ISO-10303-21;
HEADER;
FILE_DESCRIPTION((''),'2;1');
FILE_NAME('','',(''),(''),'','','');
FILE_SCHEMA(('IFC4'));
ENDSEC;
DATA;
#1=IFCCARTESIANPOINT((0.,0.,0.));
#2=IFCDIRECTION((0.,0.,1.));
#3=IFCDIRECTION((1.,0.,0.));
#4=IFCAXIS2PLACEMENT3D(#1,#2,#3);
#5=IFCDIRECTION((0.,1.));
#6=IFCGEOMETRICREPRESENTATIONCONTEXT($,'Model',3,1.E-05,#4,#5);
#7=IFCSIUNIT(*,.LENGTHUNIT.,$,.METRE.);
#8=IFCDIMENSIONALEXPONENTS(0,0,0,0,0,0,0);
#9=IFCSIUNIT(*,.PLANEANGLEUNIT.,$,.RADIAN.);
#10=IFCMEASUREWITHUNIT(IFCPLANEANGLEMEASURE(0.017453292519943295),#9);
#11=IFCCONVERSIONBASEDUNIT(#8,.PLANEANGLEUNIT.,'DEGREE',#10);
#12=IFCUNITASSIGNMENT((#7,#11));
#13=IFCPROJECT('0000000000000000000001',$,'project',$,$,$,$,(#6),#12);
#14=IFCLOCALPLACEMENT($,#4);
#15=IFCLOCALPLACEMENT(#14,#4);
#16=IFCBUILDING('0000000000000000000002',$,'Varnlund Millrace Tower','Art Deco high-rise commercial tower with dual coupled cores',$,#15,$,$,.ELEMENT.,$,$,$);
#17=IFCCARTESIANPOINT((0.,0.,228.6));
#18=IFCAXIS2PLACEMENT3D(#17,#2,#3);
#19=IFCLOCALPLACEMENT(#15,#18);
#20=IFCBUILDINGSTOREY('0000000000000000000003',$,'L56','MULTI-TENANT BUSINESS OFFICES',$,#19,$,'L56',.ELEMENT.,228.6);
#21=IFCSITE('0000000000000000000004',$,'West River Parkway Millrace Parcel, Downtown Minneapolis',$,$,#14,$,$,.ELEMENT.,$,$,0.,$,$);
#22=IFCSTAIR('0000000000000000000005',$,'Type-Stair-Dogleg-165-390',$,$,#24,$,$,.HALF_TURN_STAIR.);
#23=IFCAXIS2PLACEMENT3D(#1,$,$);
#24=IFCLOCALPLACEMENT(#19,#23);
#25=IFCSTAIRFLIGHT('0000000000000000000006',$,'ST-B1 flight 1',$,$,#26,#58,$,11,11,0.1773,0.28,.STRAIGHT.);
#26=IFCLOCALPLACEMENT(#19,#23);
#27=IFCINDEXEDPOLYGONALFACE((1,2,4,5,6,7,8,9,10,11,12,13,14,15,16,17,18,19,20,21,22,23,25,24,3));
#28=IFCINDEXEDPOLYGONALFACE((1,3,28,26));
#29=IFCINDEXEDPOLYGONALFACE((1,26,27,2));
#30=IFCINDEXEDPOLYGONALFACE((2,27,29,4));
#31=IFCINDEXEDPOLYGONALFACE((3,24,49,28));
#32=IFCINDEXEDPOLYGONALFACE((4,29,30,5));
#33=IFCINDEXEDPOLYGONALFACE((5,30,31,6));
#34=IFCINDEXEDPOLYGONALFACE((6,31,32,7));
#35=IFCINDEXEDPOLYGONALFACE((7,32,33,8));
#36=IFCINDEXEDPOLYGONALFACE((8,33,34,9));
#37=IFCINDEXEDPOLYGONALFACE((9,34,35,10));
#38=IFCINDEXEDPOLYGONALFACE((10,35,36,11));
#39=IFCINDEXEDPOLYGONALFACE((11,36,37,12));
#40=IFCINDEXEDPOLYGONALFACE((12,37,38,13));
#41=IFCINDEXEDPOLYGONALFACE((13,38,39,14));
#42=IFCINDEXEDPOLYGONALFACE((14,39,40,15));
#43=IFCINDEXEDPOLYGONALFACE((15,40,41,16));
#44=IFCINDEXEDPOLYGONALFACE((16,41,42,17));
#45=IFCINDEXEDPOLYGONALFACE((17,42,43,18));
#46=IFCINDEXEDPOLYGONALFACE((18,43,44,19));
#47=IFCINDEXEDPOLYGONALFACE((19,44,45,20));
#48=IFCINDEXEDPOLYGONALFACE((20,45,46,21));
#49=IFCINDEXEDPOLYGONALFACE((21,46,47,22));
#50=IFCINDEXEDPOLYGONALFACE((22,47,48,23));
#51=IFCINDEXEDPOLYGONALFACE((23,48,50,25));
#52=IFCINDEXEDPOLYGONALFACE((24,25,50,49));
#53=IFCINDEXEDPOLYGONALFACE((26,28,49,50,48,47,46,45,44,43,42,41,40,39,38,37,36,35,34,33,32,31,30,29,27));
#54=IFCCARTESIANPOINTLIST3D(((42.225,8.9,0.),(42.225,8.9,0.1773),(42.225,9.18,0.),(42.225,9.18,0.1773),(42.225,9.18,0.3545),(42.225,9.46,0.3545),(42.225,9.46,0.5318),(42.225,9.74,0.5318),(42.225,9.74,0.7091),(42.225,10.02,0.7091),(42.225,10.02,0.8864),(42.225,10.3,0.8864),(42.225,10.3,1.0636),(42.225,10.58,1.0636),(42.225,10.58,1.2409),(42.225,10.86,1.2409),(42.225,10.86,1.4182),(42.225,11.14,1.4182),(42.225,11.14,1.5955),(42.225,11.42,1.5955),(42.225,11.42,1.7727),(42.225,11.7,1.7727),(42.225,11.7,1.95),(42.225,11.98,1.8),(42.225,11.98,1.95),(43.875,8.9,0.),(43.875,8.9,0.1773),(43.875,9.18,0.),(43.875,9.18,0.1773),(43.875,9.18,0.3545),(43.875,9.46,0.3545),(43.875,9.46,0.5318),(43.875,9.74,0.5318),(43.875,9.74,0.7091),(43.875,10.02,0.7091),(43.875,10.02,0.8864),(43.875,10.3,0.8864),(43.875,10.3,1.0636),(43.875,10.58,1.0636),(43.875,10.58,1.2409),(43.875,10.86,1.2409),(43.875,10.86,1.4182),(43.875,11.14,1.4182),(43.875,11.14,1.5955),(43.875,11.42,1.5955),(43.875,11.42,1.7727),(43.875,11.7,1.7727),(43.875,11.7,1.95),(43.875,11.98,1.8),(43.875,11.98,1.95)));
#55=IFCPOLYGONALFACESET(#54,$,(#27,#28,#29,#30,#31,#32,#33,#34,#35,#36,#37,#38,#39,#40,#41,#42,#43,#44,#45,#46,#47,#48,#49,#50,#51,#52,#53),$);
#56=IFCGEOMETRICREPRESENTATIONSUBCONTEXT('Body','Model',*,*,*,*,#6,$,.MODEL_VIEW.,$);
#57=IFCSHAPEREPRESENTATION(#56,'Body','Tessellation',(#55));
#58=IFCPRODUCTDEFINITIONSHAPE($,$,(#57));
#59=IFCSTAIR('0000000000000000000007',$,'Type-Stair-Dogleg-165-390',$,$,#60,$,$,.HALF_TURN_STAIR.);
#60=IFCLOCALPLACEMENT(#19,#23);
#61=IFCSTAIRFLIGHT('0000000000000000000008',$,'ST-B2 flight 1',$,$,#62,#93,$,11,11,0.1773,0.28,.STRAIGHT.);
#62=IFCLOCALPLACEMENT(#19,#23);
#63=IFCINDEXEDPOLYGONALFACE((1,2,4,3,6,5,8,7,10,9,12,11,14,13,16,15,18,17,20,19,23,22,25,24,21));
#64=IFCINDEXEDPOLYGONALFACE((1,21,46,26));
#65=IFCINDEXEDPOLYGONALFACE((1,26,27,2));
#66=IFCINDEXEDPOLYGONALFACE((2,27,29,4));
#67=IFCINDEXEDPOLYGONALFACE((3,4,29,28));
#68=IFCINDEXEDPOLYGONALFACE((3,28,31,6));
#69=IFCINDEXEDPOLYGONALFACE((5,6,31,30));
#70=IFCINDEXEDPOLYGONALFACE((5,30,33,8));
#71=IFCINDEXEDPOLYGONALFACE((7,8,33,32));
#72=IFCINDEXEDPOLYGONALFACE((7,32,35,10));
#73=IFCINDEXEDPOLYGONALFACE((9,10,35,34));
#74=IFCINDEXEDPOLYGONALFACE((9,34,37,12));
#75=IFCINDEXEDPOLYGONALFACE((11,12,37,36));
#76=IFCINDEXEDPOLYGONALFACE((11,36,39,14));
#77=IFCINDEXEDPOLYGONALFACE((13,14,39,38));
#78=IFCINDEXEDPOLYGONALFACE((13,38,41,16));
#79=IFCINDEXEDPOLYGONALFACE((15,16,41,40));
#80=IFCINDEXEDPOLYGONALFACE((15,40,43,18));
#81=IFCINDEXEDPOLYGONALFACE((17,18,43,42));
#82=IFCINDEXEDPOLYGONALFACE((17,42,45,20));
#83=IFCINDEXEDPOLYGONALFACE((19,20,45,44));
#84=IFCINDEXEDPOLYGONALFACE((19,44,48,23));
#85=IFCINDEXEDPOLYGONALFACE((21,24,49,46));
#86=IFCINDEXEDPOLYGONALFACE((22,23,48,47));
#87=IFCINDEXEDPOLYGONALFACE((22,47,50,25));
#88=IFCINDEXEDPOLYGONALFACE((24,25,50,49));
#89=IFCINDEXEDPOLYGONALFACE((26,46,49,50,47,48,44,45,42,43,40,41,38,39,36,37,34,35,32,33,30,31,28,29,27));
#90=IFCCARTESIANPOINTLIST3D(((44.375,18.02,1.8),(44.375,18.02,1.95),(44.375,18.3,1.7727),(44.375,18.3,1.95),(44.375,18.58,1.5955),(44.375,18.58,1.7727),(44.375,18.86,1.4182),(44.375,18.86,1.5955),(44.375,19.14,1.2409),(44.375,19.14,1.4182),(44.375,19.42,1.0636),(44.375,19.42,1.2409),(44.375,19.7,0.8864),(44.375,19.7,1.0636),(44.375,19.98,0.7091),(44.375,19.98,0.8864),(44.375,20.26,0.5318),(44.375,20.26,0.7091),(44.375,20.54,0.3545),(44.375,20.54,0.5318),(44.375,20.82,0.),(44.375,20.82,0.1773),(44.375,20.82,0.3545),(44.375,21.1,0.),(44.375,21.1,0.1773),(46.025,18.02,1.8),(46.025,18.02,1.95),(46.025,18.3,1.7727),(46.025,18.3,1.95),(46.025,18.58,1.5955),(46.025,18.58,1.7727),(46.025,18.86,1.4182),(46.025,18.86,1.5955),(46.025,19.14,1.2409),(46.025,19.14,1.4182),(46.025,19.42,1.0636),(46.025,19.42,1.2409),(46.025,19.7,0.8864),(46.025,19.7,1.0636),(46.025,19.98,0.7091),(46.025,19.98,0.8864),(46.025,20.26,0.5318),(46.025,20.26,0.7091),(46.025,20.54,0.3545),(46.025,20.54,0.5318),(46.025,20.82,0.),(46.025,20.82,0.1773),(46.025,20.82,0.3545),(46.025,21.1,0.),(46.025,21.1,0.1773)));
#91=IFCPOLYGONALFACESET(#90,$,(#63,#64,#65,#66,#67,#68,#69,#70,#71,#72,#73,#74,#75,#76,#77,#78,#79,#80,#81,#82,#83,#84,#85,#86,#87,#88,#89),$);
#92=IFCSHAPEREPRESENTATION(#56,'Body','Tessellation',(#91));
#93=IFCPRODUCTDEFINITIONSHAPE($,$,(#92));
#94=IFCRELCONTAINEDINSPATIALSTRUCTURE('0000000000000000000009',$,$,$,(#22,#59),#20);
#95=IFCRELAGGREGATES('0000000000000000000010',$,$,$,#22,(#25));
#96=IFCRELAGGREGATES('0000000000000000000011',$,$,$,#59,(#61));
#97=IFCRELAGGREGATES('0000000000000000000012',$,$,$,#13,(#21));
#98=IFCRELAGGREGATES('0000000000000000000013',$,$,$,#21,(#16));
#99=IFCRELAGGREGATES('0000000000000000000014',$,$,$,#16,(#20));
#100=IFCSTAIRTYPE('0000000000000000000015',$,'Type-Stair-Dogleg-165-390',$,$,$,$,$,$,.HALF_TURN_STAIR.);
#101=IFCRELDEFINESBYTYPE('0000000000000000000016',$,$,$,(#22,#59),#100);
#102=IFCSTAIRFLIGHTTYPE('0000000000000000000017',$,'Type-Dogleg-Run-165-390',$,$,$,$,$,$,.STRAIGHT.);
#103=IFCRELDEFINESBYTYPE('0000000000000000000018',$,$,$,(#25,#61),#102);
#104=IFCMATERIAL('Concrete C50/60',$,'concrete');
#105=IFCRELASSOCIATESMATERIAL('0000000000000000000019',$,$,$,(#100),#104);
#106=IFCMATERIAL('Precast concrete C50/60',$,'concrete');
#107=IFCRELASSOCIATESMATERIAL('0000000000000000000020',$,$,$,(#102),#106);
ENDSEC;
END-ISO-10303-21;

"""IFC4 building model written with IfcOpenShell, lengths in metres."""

from ifc_helpers import new_model, entity, si_unit, converted_unit, direction, frame, origin_with_axes, place, context, subcontext, project, spatial, polyline, outline, extrude, material, type_object, element, aggregate, save


model = new_model("IFC4")

# Units and contexts
model_context = context("Model", 3, precision=1e-05, world=origin_with_axes(), true_north=direction((0.0, 1.0)))
body_context = subcontext(model_context, "Body", "Model", "MODEL_VIEW")
ifc_project = project(units=[si_unit("LENGTHUNIT", "METRE"), converted_unit("PLANEANGLEUNIT", "DEGREE", entity("IfcPlaneAngleMeasure", 0.017453292519943295), si_unit("PLANEANGLEUNIT", "RADIAN"), dimensions=[0, 0, 0, 0, 0, 0, 0])], contexts=[model_context])

# Site, building, storey
site_placement = place(None, origin_with_axes())
site = spatial("IfcSite", under=ifc_project, at=site_placement, Name="West River Parkway Millrace Parcel, Downtown Minneapolis", CompositionType="ELEMENT", RefElevation=0.0)
building_placement = place(site_placement, origin_with_axes())
building = spatial("IfcBuilding", under=site, at=building_placement, Name="Varnlund Millrace Tower", Description="Art Deco high-rise commercial tower with dual coupled cores", CompositionType="ELEMENT")
storey_placement = place(building_placement, frame((0.0, 0.0, 228.6), z_axis=(0.0, 0.0, 1.0), x_axis=(1.0, 0.0, 0.0)))
storey = spatial("IfcBuildingStorey", under=building, at=storey_placement, Name="L56", Description="MULTI-TENANT BUSINESS OFFICES", LongName="L56", CompositionType="ELEMENT", Elevation=228.6)

# Stairs, stair flights
ifc_material_1 = material(Name="Concrete C50/60", Category="concrete")
stair_type = type_object("IfcStairType", Name="Type-Stair-Dogleg-165-390", PredefinedType="HALF_TURN_STAIR", material=ifc_material_1)
stair_1_placement = place(storey_placement, origin_with_axes())
stair_1 = element("IfcStair", 1, at=stair_1_placement, inside=storey, type_object=stair_type, Name="Type-Stair-Dogleg-165-390", PredefinedType="HALF_TURN_STAIR")
ifc_material_2 = material(Name="Precast concrete C50/60", Category="concrete")
stair_flight_type = type_object("IfcStairFlightType", Name="Type-Dogleg-Run-165-390", PredefinedType="STRAIGHT", material=ifc_material_2)
stair_flight_1_placement = place(storey_placement, frame((42.225, 8.9, 0.0), z_axis=(1.0, 0.0, 0.0), x_axis=(0.0, 1.0, 0.0)))
stair_flight_1 = element("IfcStairFlight", 2, at=stair_flight_1_placement, type_object=stair_flight_type, Name="ST-B1 flight 1", NumberOfRisers=11, NumberOfTreads=11, PredefinedType="STRAIGHT", RiserHeight=0.1773, TreadLength=0.28, context=body_context, shape_type="SweptSolid", body=[
    extrude(outline(polyline([(0.0, 0.0), (0.0, 0.1773), (0.28, 0.1773), (0.28, 0.3545), (0.56, 0.3545), (0.56, 0.5318), (0.84, 0.5318), (0.84, 0.7091), (1.12, 0.7091), (1.12, 0.8864), (1.4, 0.8864), (1.4, 1.0636), (1.68, 1.0636), (1.68, 1.2409), (1.96, 1.2409), (1.96, 1.4182), (2.24, 1.4182), (2.24, 1.5955), (2.52, 1.5955), (2.52, 1.7727), (2.8, 1.7727), (2.8, 1.95), (3.08, 1.95), (3.08, 1.8), (0.28, 0.0), (0.0, 0.0)])), origin_with_axes(), (0.0, 0.0, 1.0), 1.65),
])
aggregate(stair_1, [stair_flight_1])
stair_2_placement = place(storey_placement, origin_with_axes())
stair_2 = element("IfcStair", 3, at=stair_2_placement, inside=storey, type_object=stair_type, Name="Type-Stair-Dogleg-165-390", PredefinedType="HALF_TURN_STAIR")
stair_flight_2_placement = place(storey_placement, frame((46.025, 21.1, 0.0), z_axis=(-1.0, 0.0, 0.0), x_axis=(0.0, -1.0, 0.0)))
stair_flight_2 = element("IfcStairFlight", 4, at=stair_flight_2_placement, type_object=stair_flight_type, Name="ST-B2 flight 1", NumberOfRisers=11, NumberOfTreads=11, PredefinedType="STRAIGHT", RiserHeight=0.1773, TreadLength=0.28, context=body_context, shape_type="SweptSolid", body=[
    extrude(outline(polyline([(0.0, 0.0), (0.0, 0.1773), (0.28, 0.1773), (0.28, 0.3545), (0.56, 0.3545), (0.56, 0.5318), (0.84, 0.5318), (0.84, 0.7091), (1.12, 0.7091), (1.12, 0.8864), (1.4, 0.8864), (1.4, 1.0636), (1.68, 1.0636), (1.68, 1.2409), (1.96, 1.2409), (1.96, 1.4182), (2.24, 1.4182), (2.24, 1.5955), (2.52, 1.5955), (2.52, 1.7727), (2.8, 1.7727), (2.8, 1.95), (3.08, 1.95), (3.08, 1.8), (0.28, 0.0), (0.0, 0.0)])), origin_with_axes(), (0.0, 0.0, 1.0), 1.65),
])
aggregate(stair_2, [stair_flight_2])

save(model, "model.ifc")
